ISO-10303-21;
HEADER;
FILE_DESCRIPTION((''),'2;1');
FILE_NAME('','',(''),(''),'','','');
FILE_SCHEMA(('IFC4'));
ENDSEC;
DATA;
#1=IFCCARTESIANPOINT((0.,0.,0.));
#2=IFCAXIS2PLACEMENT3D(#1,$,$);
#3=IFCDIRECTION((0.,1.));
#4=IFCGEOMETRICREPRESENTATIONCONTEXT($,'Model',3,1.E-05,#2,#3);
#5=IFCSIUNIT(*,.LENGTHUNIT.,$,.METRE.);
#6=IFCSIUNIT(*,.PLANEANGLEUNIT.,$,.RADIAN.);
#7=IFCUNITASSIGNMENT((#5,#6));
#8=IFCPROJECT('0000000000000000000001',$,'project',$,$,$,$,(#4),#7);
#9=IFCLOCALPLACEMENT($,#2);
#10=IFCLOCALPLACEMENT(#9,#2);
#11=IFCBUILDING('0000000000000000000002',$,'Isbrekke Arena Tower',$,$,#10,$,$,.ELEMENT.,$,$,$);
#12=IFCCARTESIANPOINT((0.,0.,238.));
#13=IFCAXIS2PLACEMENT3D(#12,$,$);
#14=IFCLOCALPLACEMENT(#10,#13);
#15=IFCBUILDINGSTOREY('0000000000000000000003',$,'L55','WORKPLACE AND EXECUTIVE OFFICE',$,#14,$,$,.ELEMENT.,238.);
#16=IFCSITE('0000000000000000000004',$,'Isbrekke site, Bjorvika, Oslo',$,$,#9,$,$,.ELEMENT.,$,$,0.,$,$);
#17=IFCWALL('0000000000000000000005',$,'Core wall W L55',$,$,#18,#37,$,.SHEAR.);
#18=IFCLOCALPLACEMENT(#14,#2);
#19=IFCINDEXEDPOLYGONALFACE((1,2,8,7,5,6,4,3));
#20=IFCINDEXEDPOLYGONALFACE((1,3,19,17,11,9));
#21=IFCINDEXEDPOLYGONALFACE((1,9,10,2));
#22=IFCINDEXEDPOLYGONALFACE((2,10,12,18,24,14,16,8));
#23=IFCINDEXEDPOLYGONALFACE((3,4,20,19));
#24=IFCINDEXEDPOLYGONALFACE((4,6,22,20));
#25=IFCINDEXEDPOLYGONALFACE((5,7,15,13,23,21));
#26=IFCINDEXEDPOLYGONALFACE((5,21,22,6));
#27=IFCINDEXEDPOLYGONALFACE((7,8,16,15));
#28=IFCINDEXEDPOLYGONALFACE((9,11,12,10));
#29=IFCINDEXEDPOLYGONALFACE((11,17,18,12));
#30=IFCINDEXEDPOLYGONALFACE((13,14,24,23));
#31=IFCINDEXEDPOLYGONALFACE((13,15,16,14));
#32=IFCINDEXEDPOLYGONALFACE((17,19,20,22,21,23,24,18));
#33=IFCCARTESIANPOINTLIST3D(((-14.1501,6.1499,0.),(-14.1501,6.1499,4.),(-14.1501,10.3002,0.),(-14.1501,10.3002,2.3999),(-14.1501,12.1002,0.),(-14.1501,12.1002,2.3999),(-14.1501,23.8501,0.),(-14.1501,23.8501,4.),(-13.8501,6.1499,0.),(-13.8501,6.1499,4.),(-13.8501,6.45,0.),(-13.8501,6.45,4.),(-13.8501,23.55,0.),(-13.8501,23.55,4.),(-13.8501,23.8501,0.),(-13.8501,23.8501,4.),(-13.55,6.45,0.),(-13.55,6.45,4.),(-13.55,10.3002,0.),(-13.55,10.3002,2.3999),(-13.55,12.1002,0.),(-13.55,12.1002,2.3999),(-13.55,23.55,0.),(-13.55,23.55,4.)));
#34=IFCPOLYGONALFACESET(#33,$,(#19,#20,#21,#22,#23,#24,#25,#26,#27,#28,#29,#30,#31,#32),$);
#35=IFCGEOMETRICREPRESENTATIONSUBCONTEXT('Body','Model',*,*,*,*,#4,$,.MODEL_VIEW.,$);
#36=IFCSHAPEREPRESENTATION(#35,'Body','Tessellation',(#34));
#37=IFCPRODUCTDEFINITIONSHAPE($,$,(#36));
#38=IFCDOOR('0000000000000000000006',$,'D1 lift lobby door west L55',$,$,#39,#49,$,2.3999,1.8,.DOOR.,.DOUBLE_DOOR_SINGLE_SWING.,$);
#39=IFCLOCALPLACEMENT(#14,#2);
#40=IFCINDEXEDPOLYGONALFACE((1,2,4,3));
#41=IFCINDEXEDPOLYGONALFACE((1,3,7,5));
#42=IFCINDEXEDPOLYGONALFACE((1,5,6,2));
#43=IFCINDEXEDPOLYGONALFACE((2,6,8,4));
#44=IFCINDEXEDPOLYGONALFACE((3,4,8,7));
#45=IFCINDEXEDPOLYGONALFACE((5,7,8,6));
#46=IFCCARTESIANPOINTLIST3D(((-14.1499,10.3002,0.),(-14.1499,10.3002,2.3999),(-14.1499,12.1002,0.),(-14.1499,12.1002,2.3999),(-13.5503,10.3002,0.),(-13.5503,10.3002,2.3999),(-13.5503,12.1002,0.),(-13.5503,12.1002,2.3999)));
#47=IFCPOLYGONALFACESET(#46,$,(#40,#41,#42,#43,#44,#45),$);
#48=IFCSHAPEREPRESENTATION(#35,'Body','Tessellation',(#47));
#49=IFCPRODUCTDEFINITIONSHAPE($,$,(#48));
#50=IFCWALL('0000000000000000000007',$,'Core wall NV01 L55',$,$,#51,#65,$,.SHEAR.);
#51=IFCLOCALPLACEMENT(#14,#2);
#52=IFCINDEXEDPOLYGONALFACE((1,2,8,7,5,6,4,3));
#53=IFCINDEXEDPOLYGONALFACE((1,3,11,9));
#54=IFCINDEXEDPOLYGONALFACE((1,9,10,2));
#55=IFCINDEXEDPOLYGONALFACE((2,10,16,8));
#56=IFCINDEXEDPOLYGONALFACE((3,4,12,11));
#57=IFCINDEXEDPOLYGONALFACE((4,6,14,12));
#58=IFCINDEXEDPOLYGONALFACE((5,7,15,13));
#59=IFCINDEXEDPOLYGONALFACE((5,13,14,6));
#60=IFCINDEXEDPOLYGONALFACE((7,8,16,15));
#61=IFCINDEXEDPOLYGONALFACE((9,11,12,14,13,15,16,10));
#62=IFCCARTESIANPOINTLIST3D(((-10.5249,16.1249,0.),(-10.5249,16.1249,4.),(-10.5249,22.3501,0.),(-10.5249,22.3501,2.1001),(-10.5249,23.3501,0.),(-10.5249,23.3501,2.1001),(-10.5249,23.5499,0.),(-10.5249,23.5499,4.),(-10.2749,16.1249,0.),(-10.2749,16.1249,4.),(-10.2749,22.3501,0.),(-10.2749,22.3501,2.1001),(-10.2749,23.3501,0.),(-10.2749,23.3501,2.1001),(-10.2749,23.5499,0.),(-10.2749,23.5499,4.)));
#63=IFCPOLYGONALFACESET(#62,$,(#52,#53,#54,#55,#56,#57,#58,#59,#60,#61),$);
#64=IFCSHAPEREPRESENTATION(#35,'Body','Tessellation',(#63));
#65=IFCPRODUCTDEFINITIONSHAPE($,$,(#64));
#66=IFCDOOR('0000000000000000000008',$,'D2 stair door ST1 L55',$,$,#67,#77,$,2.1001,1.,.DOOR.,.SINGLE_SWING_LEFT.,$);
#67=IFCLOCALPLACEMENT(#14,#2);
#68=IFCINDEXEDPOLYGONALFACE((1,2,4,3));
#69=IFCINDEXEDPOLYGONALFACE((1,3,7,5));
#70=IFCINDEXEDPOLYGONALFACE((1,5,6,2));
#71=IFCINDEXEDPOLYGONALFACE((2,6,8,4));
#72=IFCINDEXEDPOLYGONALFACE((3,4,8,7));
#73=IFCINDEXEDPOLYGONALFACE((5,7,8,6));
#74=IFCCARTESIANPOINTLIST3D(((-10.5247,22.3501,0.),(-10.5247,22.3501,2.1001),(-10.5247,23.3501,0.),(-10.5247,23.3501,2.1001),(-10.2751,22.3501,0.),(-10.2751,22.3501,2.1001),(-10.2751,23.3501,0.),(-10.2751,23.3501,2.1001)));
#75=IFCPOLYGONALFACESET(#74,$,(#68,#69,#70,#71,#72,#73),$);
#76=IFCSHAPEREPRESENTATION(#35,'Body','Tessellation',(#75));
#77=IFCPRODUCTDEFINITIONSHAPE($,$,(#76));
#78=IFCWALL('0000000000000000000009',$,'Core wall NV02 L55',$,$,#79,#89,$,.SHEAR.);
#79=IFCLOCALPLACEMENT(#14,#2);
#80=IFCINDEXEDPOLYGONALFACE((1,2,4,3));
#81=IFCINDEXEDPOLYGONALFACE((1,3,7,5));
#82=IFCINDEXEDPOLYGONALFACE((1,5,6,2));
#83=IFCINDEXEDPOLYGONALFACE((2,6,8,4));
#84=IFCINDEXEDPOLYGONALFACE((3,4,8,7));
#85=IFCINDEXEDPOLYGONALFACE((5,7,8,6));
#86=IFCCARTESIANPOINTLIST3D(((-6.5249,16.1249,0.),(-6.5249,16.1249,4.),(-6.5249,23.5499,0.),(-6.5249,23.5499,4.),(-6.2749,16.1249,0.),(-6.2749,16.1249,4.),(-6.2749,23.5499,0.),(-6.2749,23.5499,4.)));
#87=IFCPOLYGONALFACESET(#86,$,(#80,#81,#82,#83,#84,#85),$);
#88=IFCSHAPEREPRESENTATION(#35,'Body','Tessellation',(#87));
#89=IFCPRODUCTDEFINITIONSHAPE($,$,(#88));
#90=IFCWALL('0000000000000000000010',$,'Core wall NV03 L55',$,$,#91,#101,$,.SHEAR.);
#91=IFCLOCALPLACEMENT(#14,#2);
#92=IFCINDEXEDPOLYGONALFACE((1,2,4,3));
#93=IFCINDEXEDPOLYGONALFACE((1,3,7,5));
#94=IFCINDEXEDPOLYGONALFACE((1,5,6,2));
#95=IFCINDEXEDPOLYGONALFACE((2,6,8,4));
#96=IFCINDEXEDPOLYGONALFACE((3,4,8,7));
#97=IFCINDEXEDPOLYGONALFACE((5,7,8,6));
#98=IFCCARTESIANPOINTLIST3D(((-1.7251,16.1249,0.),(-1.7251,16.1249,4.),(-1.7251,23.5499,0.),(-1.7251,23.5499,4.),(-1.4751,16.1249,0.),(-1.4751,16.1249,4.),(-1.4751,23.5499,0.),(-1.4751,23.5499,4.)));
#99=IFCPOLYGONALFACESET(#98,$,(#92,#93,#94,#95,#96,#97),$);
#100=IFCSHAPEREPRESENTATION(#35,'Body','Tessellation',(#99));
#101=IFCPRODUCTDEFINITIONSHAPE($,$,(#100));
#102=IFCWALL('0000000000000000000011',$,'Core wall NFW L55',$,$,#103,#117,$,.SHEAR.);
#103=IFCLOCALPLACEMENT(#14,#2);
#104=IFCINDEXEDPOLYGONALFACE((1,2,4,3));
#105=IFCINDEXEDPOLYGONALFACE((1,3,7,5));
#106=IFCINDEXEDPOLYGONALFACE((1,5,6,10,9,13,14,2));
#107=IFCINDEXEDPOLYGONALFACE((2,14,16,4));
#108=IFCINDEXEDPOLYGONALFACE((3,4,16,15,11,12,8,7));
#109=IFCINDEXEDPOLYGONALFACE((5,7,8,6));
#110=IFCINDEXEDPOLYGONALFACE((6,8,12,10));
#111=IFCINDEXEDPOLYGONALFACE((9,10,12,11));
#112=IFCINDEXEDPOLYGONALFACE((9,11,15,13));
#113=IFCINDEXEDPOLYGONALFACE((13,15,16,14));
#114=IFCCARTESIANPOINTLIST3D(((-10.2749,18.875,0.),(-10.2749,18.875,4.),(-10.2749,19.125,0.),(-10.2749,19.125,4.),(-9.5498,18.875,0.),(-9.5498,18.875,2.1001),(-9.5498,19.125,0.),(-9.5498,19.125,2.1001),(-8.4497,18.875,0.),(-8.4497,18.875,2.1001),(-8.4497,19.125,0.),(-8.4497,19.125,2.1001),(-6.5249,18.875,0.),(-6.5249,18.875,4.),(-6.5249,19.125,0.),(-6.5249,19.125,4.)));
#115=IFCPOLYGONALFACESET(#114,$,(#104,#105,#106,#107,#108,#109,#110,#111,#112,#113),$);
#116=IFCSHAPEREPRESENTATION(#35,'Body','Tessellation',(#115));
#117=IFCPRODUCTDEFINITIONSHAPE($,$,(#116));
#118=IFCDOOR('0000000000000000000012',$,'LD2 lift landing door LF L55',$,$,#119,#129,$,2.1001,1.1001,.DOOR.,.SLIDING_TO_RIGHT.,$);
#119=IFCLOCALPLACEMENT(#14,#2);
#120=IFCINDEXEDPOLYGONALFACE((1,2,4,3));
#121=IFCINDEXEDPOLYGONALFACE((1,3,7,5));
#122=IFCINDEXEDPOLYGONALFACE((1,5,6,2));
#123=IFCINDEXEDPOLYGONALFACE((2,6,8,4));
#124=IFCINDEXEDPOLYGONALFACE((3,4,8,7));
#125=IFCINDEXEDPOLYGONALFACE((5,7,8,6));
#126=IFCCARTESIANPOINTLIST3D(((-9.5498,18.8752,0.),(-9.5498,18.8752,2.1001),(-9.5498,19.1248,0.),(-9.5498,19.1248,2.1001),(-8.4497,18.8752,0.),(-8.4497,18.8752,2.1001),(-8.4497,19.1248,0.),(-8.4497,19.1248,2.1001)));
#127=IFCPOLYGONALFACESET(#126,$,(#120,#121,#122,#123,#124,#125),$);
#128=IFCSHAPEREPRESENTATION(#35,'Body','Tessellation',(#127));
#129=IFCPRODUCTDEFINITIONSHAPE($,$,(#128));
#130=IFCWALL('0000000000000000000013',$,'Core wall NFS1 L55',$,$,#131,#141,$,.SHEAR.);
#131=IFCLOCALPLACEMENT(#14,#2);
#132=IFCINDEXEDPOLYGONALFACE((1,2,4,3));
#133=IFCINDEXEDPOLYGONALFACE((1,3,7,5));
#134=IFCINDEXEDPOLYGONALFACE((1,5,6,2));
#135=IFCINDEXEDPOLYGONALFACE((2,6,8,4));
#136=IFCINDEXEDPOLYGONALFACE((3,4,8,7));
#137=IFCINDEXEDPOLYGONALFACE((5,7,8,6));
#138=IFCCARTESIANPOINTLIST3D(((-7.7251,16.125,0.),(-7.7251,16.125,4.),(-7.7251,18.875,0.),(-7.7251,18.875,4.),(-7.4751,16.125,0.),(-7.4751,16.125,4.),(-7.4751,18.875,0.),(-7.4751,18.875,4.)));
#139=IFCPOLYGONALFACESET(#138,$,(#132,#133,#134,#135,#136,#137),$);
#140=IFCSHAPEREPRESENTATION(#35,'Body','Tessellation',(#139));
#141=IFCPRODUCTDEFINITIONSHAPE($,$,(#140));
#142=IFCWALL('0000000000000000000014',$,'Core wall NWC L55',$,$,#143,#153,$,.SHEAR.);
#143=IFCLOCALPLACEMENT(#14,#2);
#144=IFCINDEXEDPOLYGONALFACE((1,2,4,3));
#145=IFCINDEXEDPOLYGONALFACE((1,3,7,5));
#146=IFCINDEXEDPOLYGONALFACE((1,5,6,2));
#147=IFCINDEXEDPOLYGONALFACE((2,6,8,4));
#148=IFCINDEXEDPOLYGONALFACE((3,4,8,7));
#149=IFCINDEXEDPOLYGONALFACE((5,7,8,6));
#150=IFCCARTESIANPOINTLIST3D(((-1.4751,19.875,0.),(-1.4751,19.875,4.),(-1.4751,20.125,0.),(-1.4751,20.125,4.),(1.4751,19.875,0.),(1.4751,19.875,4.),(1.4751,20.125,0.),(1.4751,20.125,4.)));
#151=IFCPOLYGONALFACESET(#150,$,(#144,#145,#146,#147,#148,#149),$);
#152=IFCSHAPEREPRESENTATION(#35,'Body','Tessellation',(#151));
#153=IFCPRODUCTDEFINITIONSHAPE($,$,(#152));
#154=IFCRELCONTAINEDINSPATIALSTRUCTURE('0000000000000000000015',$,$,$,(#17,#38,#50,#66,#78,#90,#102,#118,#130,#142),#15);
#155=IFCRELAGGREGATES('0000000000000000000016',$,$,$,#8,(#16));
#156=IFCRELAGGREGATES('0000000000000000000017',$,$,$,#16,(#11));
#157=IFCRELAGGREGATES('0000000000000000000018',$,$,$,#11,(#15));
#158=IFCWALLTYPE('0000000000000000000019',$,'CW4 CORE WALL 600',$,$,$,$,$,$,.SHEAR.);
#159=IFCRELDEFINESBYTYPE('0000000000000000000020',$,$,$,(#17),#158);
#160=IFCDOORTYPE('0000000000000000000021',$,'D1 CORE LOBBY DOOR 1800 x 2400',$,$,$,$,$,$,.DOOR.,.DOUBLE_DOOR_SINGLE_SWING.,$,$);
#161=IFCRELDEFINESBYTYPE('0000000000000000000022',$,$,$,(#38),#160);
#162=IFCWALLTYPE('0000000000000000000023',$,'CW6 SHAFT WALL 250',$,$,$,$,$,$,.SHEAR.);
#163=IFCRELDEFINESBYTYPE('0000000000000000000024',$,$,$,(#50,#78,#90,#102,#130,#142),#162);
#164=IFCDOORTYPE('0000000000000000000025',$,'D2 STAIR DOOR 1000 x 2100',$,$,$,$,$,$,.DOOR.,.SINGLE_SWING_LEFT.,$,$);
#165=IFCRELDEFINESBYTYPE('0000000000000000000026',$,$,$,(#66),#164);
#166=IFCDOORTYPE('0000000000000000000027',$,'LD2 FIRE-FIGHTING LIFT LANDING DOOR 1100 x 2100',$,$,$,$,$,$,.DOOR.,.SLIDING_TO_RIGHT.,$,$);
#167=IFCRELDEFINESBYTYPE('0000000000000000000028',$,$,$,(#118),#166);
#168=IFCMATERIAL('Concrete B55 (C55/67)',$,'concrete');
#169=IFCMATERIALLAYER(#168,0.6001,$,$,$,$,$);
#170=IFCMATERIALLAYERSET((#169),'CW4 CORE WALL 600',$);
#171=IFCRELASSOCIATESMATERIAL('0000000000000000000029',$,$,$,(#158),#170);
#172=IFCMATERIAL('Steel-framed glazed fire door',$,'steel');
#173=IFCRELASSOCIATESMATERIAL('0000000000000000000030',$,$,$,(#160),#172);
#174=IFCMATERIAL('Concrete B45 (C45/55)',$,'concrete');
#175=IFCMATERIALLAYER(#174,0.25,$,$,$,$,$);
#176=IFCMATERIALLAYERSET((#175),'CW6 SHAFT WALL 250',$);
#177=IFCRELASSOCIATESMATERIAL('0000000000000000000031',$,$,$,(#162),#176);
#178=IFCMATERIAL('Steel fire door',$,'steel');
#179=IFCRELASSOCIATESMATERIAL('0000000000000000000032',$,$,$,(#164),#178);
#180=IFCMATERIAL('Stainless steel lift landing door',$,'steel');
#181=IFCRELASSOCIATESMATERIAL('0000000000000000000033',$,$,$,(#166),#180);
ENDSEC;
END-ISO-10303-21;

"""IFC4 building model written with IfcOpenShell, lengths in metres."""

from ifc_helpers import new_model, si_unit, direction, frame, frame_2d, origin, place, context, subcontext, project, spatial, polyline, rectangle, outline, extrude, material, layer, layer_set, type_object, element, fill, save


model = new_model("IFC4")

# Units and contexts
model_context = context("Model", 3, precision=1e-05, world=origin(), true_north=direction((0.0, 1.0)))
body_context = subcontext(model_context, "Body", "Model", "MODEL_VIEW")
ifc_project = project(units=[si_unit("LENGTHUNIT", "METRE"), si_unit("PLANEANGLEUNIT", "RADIAN")], contexts=[model_context])

# Site, building, storey
site_placement = place(None, origin())
site = spatial("IfcSite", under=ifc_project, at=site_placement, Name="Isbrekke site, Bjorvika, Oslo", CompositionType="ELEMENT", RefElevation=0.0)
building_placement = place(site_placement, origin())
building = spatial("IfcBuilding", under=site, at=building_placement, Name="Isbrekke Arena Tower", CompositionType="ELEMENT")
storey_placement = place(building_placement, frame((0.0, 0.0, 238.0)))
storey = spatial("IfcBuildingStorey", under=building, at=storey_placement, Name="L55", Description="WORKPLACE AND EXECUTIVE OFFICE", CompositionType="ELEMENT", Elevation=238.0)

# Walls, openings, doors
ifc_material_1 = material(Name="Concrete B55 (C55/67)", Category="concrete")
ifc_layer_1 = layer(ifc_material_1, 0.6001)
ifc_layer_set_1 = layer_set([ifc_layer_1], Name="CW4 CORE WALL 600")
wall_type_1 = type_object("IfcWallType", Name="CW4 CORE WALL 600", PredefinedType="SHEAR", material=ifc_layer_set_1)
wall_1_placement = place(storey_placement, frame((-13.8501, 23.8501, 0.0), z_axis=(0.0, 0.0, 1.0), x_axis=(0.0, -1.0, 0.0)))
wall_1 = element("IfcWall", 1, at=wall_1_placement, inside=storey, type_object=wall_type_1, Name="Core wall W L55", PredefinedType="SHEAR", context=body_context, shape_type="SweptSolid", body=[
    extrude(outline(polyline([(0.0, -0.3), (17.7002, -0.3), (17.7002, 0.0), (17.4001, 0.0), (17.4001, 0.3), (0.3, 0.3), (0.3, 0.0), (0.0, 0.0), (0.0, -0.3)])), origin(), (0.0, 0.0, 1.0), 4.0),
])
opening_1_placement = place(wall_1_placement, frame((11.75, 0.0, 0.0)))
opening_1 = element("IfcOpeningElement", 2, at=opening_1_placement, cuts=wall_1, PredefinedType="OPENING", context=body_context, shape_type="SweptSolid", body=[
    extrude(rectangle(XDim=1.8, YDim=2.3999, at=frame_2d((0.8999, 1.2))), frame((0.0, 0.3149, 0.0), z_axis=(0.0, -1.0, 0.0), x_axis=(1.0, 0.0, 0.0)), (0.0, 0.0, 1.0), 0.6299),
])
ifc_material_2 = material(Name="Steel-framed glazed fire door", Category="steel")
door_type_1 = type_object("IfcDoorType", Name="D1 CORE LOBBY DOOR 1800 x 2400", OperationType="DOUBLE_DOOR_SINGLE_SWING", PredefinedType="DOOR", material=ifc_material_2)
door_1_placement = place(opening_1_placement, origin())
door_1 = element("IfcDoor", 3, at=door_1_placement, inside=storey, type_object=door_type_1, Name="D1 lift lobby door west L55", OperationType="DOUBLE_DOOR_SINGLE_SWING", OverallHeight=2.3999, OverallWidth=1.8, PredefinedType="DOOR", context=body_context, shape_type="SweptSolid", body=[
    extrude(rectangle(XDim=1.8, YDim=2.3999, at=frame_2d((0.8999, 1.2))), frame((0.0, 0.2998, 0.0), z_axis=(0.0, -1.0, 0.0), x_axis=(1.0, 0.0, 0.0)), (0.0, 0.0, 1.0), 0.5996),
])
fill(opening_1, door_1)
ifc_material_3 = material(Name="Concrete B45 (C45/55)", Category="concrete")
ifc_layer_2 = layer(ifc_material_3, 0.25)
ifc_layer_set_2 = layer_set([ifc_layer_2], Name="CW6 SHAFT WALL 250")
wall_type_2 = type_object("IfcWallType", Name="CW6 SHAFT WALL 250", PredefinedType="SHEAR", material=ifc_layer_set_2)
wall_2_placement = place(storey_placement, frame((-10.3999, 16.125, 0.0), z_axis=(0.0, 0.0, 1.0), x_axis=(0.0, 1.0, 0.0)))
wall_2 = element("IfcWall", 4, at=wall_2_placement, inside=storey, type_object=wall_type_2, Name="Core wall NV01 L55", PredefinedType="SHEAR", context=body_context, shape_type="SweptSolid", body=[
    extrude(rectangle(XDim=7.425, YDim=0.25, at=frame_2d((3.7124, 0.0))), origin(), (0.0, 0.0, 1.0), 4.0),
])
opening_2_placement = place(wall_2_placement, frame((6.2251, 0.0, 0.0)))
opening_2 = element("IfcOpeningElement", 5, at=opening_2_placement, cuts=wall_2, PredefinedType="OPENING", context=body_context, shape_type="SweptSolid", body=[
    extrude(rectangle(XDim=1.0, YDim=2.1001, at=frame_2d((0.5, 1.05))), frame((0.0, 0.1399, 0.0), z_axis=(0.0, -1.0, 0.0), x_axis=(1.0, 0.0, 0.0)), (0.0, 0.0, 1.0), 0.2798),
])
ifc_material_4 = material(Name="Steel fire door", Category="steel")
door_type_2 = type_object("IfcDoorType", Name="D2 STAIR DOOR 1000 x 2100", OperationType="SINGLE_SWING_LEFT", PredefinedType="DOOR", material=ifc_material_4)
door_2_placement = place(opening_2_placement, origin())
door_2 = element("IfcDoor", 6, at=door_2_placement, inside=storey, type_object=door_type_2, Name="D2 stair door ST1 L55", OperationType="SINGLE_SWING_LEFT", OverallHeight=2.1001, OverallWidth=1.0, PredefinedType="DOOR", context=body_context, shape_type="SweptSolid", body=[
    extrude(rectangle(XDim=1.0, YDim=2.1001, at=frame_2d((0.5, 1.05))), frame((0.0, 0.1248, 0.0), z_axis=(0.0, -1.0, 0.0), x_axis=(1.0, 0.0, 0.0)), (0.0, 0.0, 1.0), 0.2495),
])
fill(opening_2, door_2)

# Walls
for number, where, z_axis, x_axis, name in (
    (7, (-6.3999, 16.125, 0.0), (0.0, 0.0, 1.0), (0.0, 1.0, 0.0), "Core wall NV02 L55"),
    (8, (-1.6001, 16.125, 0.0), (0.0, 0.0, 1.0), (0.0, 1.0, 0.0), "Core wall NV03 L55"),
):
    element("IfcWall", number, at=place(storey_placement, frame(where, z_axis=z_axis, x_axis=x_axis)), inside=storey, type_object=wall_type_2, Name=name, PredefinedType="SHEAR", context=body_context, shape_type="SweptSolid", body=[
        extrude(rectangle(XDim=7.425, YDim=0.25, at=frame_2d((3.7124, 0.0))), origin(), (0.0, 0.0, 1.0), 4.0),
    ])

# Wall, opening, door
wall_3_placement = place(storey_placement, frame((-10.2749, 19.0, 0.0), z_axis=(0.0, 0.0, 1.0), x_axis=(1.0, 0.0, 0.0)))
wall_3 = element("IfcWall", 9, at=wall_3_placement, inside=storey, type_object=wall_type_2, Name="Core wall NFW L55", PredefinedType="SHEAR", context=body_context, shape_type="SweptSolid", body=[
    extrude(rectangle(XDim=3.75, YDim=0.25, at=frame_2d((1.875, 0.0))), origin(), (0.0, 0.0, 1.0), 4.0),
])
opening_3_placement = place(wall_3_placement, frame((0.7251, 0.0, 0.0)))
opening_3 = element("IfcOpeningElement", 10, at=opening_3_placement, cuts=wall_3, PredefinedType="OPENING", context=body_context, shape_type="SweptSolid", body=[
    extrude(rectangle(XDim=1.1001, YDim=2.1001, at=frame_2d((0.55, 1.05))), frame((0.0, 0.1399, 0.0), z_axis=(0.0, -1.0, 0.0), x_axis=(1.0, 0.0, 0.0)), (0.0, 0.0, 1.0), 0.2798),
])
ifc_material_5 = material(Name="Stainless steel lift landing door", Category="steel")
door_type_3 = type_object("IfcDoorType", Name="LD2 FIRE-FIGHTING LIFT LANDING DOOR 1100 x 2100", OperationType="SLIDING_TO_RIGHT", PredefinedType="DOOR", material=ifc_material_5)
door_3_placement = place(opening_3_placement, origin())
door_3 = element("IfcDoor", 11, at=door_3_placement, inside=storey, type_object=door_type_3, Name="LD2 lift landing door LF L55", OperationType="SLIDING_TO_RIGHT", OverallHeight=2.1001, OverallWidth=1.1001, PredefinedType="DOOR", context=body_context, shape_type="SweptSolid", body=[
    extrude(rectangle(XDim=1.1001, YDim=2.1001, at=frame_2d((0.55, 1.05))), frame((0.0, 0.1248, 0.0), z_axis=(0.0, -1.0, 0.0), x_axis=(1.0, 0.0, 0.0)), (0.0, 0.0, 1.0), 0.2495),
])
fill(opening_3, door_3)

# Walls
wall_4_placement = place(storey_placement, frame((-7.6001, 16.125, 0.0), z_axis=(0.0, 0.0, 1.0), x_axis=(0.0, 1.0, 0.0)))
element("IfcWall", 12, at=wall_4_placement, inside=storey, type_object=wall_type_2, Name="Core wall NFS1 L55", PredefinedType="SHEAR", context=body_context, shape_type="SweptSolid", body=[
    extrude(rectangle(XDim=2.75, YDim=0.25, at=frame_2d((1.375, 0.0))), origin(), (0.0, 0.0, 1.0), 4.0),
])
wall_5_placement = place(storey_placement, frame((-1.4751, 20.0, 0.0), z_axis=(0.0, 0.0, 1.0), x_axis=(1.0, 0.0, 0.0)))
element("IfcWall", 13, at=wall_5_placement, inside=storey, type_object=wall_type_2, Name="Core wall NWC L55", PredefinedType="SHEAR", context=body_context, shape_type="SweptSolid", body=[
    extrude(rectangle(XDim=2.9502, YDim=0.25, at=frame_2d((1.4751, 0.0))), origin(), (0.0, 0.0, 1.0), 4.0),
])

save(model, "model.ifc")
